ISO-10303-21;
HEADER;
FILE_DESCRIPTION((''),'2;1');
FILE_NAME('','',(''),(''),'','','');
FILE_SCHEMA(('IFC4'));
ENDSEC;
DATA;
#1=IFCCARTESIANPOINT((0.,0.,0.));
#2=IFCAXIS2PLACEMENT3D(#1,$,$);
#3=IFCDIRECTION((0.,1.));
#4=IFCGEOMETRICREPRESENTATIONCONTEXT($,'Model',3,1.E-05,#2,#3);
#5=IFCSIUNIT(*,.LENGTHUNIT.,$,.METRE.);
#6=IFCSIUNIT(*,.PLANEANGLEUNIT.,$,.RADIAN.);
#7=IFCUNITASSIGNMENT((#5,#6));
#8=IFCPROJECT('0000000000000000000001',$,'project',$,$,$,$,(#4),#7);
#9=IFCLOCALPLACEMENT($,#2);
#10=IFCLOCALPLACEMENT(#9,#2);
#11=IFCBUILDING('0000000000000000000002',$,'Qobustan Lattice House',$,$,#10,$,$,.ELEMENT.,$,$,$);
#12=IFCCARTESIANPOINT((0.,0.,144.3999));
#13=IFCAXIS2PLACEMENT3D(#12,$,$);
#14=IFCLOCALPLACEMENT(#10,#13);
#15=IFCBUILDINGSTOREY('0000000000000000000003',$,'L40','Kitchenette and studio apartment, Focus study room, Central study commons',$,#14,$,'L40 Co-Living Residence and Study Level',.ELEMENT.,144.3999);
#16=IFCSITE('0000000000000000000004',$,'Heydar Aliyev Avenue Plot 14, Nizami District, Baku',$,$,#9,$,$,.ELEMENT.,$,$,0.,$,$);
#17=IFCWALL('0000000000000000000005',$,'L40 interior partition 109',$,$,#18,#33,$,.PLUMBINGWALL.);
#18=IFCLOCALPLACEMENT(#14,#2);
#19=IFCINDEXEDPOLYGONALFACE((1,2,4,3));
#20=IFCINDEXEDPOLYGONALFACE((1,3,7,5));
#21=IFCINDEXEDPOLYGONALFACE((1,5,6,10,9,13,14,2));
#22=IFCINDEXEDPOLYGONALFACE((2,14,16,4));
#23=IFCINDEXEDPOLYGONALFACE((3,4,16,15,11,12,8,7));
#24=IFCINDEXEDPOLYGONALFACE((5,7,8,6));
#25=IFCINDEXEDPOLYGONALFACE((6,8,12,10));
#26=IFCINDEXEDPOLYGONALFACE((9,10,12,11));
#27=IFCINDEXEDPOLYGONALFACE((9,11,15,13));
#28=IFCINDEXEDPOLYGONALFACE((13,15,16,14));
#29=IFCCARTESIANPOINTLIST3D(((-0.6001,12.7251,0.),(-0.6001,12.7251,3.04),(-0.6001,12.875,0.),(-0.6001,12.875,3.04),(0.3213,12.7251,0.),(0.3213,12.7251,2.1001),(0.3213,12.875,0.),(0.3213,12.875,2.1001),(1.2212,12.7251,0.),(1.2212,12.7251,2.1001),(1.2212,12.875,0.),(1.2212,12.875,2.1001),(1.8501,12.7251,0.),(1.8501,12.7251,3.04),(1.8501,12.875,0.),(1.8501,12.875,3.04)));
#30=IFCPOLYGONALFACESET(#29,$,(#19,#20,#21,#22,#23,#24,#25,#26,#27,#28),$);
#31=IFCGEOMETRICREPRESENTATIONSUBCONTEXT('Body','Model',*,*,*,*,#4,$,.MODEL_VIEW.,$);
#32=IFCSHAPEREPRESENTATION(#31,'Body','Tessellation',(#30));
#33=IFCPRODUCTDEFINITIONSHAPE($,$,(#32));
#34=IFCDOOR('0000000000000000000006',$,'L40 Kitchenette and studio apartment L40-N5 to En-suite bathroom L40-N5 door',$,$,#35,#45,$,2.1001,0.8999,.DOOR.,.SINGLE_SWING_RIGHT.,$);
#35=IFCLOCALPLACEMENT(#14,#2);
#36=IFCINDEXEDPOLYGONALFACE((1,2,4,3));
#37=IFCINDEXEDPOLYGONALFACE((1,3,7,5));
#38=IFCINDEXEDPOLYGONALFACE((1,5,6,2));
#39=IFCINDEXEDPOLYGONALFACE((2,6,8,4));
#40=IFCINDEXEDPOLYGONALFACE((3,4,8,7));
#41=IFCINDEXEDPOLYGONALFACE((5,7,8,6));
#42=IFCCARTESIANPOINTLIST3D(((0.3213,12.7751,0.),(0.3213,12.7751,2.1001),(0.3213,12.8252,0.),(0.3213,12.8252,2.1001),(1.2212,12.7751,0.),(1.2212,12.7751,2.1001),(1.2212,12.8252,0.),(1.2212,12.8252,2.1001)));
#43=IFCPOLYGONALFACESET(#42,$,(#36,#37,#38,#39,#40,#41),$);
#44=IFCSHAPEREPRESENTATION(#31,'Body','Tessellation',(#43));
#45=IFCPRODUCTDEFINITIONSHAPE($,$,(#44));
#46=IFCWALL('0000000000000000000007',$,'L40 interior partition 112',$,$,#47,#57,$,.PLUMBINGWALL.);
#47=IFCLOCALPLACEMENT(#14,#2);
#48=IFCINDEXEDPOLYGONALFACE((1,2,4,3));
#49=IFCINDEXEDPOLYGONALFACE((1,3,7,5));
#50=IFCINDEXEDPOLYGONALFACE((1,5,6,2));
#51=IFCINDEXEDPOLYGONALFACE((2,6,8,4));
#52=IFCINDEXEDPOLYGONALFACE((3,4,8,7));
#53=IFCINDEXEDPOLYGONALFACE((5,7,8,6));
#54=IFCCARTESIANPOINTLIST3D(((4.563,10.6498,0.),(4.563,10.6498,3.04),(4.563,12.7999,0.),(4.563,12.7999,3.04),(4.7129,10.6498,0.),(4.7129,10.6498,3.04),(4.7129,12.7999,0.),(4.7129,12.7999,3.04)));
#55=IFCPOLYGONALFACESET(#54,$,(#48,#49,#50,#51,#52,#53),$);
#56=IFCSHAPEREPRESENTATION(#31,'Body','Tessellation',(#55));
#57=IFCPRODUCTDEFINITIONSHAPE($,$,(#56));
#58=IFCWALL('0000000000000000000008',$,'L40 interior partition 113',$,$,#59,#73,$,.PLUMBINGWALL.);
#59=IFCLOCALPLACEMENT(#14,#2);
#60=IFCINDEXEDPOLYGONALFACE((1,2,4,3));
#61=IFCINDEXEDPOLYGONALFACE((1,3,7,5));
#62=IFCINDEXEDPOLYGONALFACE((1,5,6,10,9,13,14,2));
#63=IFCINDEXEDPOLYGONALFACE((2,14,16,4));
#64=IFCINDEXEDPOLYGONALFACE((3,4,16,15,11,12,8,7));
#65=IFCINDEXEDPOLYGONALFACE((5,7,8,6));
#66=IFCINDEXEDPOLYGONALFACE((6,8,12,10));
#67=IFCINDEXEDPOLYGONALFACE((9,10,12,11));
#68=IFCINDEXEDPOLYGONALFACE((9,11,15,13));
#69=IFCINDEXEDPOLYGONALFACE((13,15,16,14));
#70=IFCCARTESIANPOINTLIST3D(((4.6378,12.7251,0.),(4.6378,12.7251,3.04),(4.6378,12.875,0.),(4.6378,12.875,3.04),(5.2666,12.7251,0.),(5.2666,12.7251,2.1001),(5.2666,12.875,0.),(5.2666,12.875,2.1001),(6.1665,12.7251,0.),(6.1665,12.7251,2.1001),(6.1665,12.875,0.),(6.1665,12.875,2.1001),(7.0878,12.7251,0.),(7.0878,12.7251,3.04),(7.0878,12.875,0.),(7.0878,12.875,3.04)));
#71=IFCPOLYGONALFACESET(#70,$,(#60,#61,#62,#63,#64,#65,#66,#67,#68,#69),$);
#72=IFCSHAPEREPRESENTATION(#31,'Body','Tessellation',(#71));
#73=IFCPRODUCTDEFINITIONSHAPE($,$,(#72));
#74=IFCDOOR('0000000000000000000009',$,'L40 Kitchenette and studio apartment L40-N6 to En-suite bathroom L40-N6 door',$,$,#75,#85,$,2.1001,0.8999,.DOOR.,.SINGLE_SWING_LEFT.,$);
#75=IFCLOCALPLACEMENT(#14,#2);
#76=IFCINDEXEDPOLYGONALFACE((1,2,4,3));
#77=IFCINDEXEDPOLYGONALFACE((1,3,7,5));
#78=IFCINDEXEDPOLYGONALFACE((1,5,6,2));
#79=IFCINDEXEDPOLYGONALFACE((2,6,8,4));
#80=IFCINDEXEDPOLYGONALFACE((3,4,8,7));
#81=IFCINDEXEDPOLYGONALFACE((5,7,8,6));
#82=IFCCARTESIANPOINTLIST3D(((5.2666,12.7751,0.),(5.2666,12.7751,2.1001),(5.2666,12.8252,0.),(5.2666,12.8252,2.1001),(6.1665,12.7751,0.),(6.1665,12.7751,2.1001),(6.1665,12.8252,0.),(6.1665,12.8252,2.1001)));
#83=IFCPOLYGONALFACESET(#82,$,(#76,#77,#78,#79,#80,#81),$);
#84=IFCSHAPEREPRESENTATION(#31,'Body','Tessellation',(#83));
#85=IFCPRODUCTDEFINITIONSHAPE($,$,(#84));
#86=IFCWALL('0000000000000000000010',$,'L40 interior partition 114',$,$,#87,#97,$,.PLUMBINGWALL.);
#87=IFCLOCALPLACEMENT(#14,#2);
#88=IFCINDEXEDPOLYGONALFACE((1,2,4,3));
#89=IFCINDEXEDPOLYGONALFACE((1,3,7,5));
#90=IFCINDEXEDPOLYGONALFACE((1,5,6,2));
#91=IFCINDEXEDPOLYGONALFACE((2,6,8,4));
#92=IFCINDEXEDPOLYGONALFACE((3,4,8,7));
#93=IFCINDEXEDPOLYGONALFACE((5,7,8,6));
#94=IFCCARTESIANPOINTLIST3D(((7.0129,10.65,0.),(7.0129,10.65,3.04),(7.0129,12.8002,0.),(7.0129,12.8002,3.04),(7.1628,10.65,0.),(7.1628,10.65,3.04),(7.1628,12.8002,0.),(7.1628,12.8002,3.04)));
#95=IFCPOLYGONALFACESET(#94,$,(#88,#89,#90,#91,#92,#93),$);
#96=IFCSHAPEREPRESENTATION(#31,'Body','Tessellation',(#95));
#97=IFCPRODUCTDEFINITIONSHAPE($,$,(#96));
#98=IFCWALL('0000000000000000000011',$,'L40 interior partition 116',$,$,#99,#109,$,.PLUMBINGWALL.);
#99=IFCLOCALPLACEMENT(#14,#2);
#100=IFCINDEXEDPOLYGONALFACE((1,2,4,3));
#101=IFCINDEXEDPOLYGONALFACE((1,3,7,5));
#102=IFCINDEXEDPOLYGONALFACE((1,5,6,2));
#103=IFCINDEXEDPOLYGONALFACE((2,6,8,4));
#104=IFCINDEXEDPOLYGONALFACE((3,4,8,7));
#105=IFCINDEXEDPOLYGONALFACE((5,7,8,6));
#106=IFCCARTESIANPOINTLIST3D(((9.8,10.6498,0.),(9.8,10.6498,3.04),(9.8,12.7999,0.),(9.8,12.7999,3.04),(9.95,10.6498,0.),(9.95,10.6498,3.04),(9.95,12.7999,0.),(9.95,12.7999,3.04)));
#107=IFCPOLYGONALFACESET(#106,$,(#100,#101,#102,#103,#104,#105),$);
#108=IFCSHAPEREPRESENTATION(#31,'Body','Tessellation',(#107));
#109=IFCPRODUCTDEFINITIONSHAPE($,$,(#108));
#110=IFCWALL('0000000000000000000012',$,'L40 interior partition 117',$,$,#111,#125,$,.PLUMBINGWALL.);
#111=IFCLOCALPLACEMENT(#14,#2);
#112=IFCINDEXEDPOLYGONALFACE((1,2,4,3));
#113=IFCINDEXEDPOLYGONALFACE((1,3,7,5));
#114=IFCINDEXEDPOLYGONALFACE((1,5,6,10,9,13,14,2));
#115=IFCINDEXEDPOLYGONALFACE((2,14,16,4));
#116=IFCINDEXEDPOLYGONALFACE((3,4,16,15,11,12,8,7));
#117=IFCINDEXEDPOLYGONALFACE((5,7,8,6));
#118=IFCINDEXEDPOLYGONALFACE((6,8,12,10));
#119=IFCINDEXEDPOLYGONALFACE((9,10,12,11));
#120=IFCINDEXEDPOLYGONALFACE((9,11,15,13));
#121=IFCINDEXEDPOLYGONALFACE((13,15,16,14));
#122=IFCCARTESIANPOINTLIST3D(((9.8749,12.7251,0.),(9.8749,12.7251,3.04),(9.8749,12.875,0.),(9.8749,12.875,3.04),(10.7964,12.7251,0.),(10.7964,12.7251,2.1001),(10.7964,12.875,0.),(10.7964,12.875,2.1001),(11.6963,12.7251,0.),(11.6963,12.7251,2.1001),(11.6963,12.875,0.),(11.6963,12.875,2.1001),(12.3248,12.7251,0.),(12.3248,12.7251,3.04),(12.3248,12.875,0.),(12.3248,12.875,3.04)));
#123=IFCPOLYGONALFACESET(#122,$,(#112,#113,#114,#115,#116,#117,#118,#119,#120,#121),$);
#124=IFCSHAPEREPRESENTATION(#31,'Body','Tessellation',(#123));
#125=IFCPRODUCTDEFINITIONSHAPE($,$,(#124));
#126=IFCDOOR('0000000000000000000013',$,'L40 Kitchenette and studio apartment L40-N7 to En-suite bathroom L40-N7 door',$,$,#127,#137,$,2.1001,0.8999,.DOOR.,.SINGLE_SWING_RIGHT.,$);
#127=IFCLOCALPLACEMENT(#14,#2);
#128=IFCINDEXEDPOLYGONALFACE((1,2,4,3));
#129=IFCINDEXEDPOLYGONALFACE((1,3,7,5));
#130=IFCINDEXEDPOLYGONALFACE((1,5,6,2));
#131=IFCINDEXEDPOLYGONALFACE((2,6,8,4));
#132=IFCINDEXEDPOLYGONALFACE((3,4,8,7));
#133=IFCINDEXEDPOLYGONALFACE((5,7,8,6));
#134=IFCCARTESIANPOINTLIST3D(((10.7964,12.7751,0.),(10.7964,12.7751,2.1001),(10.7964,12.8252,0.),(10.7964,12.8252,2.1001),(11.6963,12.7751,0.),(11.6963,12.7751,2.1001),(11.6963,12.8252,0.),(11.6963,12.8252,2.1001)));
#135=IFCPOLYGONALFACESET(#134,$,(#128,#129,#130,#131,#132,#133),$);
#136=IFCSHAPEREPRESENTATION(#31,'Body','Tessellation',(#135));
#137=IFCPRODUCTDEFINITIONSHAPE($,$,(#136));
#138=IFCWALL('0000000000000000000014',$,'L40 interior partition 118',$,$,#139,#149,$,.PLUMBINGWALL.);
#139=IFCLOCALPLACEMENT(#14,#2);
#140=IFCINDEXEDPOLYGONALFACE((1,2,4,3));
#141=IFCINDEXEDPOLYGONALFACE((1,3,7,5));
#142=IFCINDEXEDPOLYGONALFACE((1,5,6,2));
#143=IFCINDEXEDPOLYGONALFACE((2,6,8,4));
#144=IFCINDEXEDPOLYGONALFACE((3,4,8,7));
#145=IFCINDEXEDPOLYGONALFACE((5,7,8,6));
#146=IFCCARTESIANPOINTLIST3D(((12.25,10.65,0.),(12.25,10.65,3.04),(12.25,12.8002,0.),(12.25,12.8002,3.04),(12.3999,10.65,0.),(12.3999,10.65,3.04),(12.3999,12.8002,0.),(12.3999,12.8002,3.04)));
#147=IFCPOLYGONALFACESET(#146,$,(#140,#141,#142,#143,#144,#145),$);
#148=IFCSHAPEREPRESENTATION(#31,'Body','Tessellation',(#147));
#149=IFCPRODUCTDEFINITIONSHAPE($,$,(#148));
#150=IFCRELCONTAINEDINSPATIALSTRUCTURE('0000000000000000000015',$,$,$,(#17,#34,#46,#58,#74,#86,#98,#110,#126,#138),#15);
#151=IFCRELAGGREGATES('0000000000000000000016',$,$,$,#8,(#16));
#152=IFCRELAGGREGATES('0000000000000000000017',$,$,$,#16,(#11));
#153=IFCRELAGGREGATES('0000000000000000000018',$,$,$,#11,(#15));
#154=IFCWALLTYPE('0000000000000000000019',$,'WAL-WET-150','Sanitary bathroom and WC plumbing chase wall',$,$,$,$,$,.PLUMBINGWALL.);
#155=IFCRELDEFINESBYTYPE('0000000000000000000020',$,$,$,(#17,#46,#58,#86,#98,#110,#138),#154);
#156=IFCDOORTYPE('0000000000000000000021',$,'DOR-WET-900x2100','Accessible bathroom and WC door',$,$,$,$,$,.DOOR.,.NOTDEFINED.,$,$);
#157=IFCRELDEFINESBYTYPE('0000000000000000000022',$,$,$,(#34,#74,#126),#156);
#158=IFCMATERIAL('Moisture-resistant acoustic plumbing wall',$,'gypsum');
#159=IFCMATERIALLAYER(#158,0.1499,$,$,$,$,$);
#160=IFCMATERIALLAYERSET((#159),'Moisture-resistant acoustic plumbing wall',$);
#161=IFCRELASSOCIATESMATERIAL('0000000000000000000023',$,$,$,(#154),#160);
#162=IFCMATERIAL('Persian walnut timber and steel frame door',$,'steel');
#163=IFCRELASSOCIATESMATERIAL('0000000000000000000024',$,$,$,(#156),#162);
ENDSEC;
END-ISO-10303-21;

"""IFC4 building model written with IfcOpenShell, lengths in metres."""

from ifc_helpers import new_model, si_unit, direction, frame, frame_2d, origin, place, context, subcontext, project, spatial, rectangle, extrude, material, layer, layer_set, type_object, element, fill, save


model = new_model("IFC4")

# Units and contexts
model_context = context("Model", 3, precision=1e-05, world=origin(), true_north=direction((0.0, 1.0)))
body_context = subcontext(model_context, "Body", "Model", "MODEL_VIEW")
ifc_project = project(units=[si_unit("LENGTHUNIT", "METRE"), si_unit("PLANEANGLEUNIT", "RADIAN")], contexts=[model_context])

# Site, building, storey
site_placement = place(None, origin())
site = spatial("IfcSite", under=ifc_project, at=site_placement, Name="Heydar Aliyev Avenue Plot 14, Nizami District, Baku", CompositionType="ELEMENT", RefElevation=0.0)
building_placement = place(site_placement, origin())
building = spatial("IfcBuilding", under=site, at=building_placement, Name="Qobustan Lattice House", CompositionType="ELEMENT")
storey_placement = place(building_placement, frame((0.0, 0.0, 144.3999)))
storey = spatial("IfcBuildingStorey", under=building, at=storey_placement, Name="L40", Description="Kitchenette and studio apartment, Focus study room, Central study commons", LongName="L40 Co-Living Residence and Study Level", CompositionType="ELEMENT", Elevation=144.3999)

# Shared definitions
ifc_material_1 = material(Name="Moisture-resistant acoustic plumbing wall", Category="gypsum")
ifc_layer_1 = layer(ifc_material_1, 0.1499)
ifc_layer_set_1 = layer_set([ifc_layer_1], Name="Moisture-resistant acoustic plumbing wall")
wall_type_1 = type_object("IfcWallType", Name="WAL-WET-150", Description="Sanitary bathroom and WC plumbing chase wall", PredefinedType="PLUMBINGWALL", material=ifc_layer_set_1)

# Wall, opening, door
wall_1_placement = place(storey_placement, frame((1.8501, 12.8, 0.0), z_axis=(0.0, 0.0, 1.0), x_axis=(-1.0, 0.0, 0.0)))
wall_1 = element("IfcWall", 1, at=wall_1_placement, inside=storey, type_object=wall_type_1, Name="L40 interior partition 109", PredefinedType="PLUMBINGWALL", context=body_context, shape_type="SweptSolid", body=[
    extrude(rectangle(XDim=2.4502, YDim=0.1499, at=frame_2d((1.2251, 0.0))), origin(), (0.0, 0.0, 1.0), 3.04),
])
opening_1_placement = place(wall_1_placement, frame((0.6289, 0.0, 0.0)))
opening_1 = element("IfcOpeningElement", 2, at=opening_1_placement, cuts=wall_1, PredefinedType="OPENING", context=body_context, shape_type="SweptSolid", body=[
    extrude(rectangle(XDim=0.8999, YDim=2.1001, at=frame_2d((0.45, 1.05))), frame((0.0, 0.085, 0.0), z_axis=(0.0, -1.0, 0.0), x_axis=(1.0, 0.0, 0.0)), (0.0, 0.0, 1.0), 0.1699),
])
ifc_material_2 = material(Name="Persian walnut timber and steel frame door", Category="steel")
door_type_1 = type_object("IfcDoorType", Name="DOR-WET-900x2100", Description="Accessible bathroom and WC door", OperationType="NOTDEFINED", PredefinedType="DOOR", material=ifc_material_2)
door_1_placement = place(opening_1_placement, origin())
door_1 = element("IfcDoor", 3, at=door_1_placement, inside=storey, type_object=door_type_1, Name="L40 Kitchenette and studio apartment L40-N5 to En-suite bathroom L40-N5 door", OperationType="SINGLE_SWING_RIGHT", OverallHeight=2.1001, OverallWidth=0.8999, PredefinedType="DOOR", context=body_context, shape_type="SweptSolid", body=[
    extrude(rectangle(XDim=0.8999, YDim=2.1001, at=frame_2d((0.45, 1.05))), frame((0.0, 0.0249, 0.0), z_axis=(0.0, -1.0, 0.0), x_axis=(1.0, 0.0, 0.0)), (0.0, 0.0, 1.0), 0.05),
])
fill(opening_1, door_1)

# Wall
wall_2_placement = place(storey_placement, frame((4.6379, 12.8, 0.0), z_axis=(0.0, 0.0, 1.0), x_axis=(0.0, -1.0, 0.0)))
element("IfcWall", 4, at=wall_2_placement, inside=storey, type_object=wall_type_1, Name="L40 interior partition 112", PredefinedType="PLUMBINGWALL", context=body_context, shape_type="SweptSolid", body=[
    extrude(rectangle(XDim=2.1501, YDim=0.1499, at=frame_2d((1.0752, 0.0))), origin(), (0.0, 0.0, 1.0), 3.04),
])

# Wall, opening, door
wall_3_placement = place(storey_placement, frame((7.0879, 12.8, 0.0), z_axis=(0.0, 0.0, 1.0), x_axis=(-1.0, 0.0, 0.0)))
wall_3 = element("IfcWall", 5, at=wall_3_placement, inside=storey, type_object=wall_type_1, Name="L40 interior partition 113", PredefinedType="PLUMBINGWALL", context=body_context, shape_type="SweptSolid", body=[
    extrude(rectangle(XDim=2.45, YDim=0.1499, at=frame_2d((1.2251, 0.0))), origin(), (0.0, 0.0, 1.0), 3.04),
])
opening_2_placement = place(wall_3_placement, frame((0.9214, 0.0, 0.0)))
opening_2 = element("IfcOpeningElement", 6, at=opening_2_placement, cuts=wall_3, PredefinedType="OPENING", context=body_context, shape_type="SweptSolid", body=[
    extrude(rectangle(XDim=0.8999, YDim=2.1001, at=frame_2d((0.45, 1.05))), frame((0.0, 0.085, 0.0), z_axis=(0.0, -1.0, 0.0), x_axis=(1.0, 0.0, 0.0)), (0.0, 0.0, 1.0), 0.1699),
])
door_2_placement = place(opening_2_placement, origin())
door_2 = element("IfcDoor", 7, at=door_2_placement, inside=storey, type_object=door_type_1, Name="L40 Kitchenette and studio apartment L40-N6 to En-suite bathroom L40-N6 door", OperationType="SINGLE_SWING_LEFT", OverallHeight=2.1001, OverallWidth=0.8999, PredefinedType="DOOR", context=body_context, shape_type="SweptSolid", body=[
    extrude(rectangle(XDim=0.8999, YDim=2.1001, at=frame_2d((0.45, 1.05))), frame((0.0, 0.0249, 0.0), z_axis=(0.0, -1.0, 0.0), x_axis=(1.0, 0.0, 0.0)), (0.0, 0.0, 1.0), 0.05),
])
fill(opening_2, door_2)

# Walls
for number, where, z_axis, x_axis, name in (
    (8, (7.0879, 10.6499, 0.0), (0.0, 0.0, 1.0), (0.0, 1.0, 0.0), "L40 interior partition 114"),
    (9, (9.875, 12.8, 0.0), (0.0, 0.0, 1.0), (0.0, -1.0, 0.0), "L40 interior partition 116"),
):
    element("IfcWall", number, at=place(storey_placement, frame(where, z_axis=z_axis, x_axis=x_axis)), inside=storey, type_object=wall_type_1, Name=name, PredefinedType="PLUMBINGWALL", context=body_context, shape_type="SweptSolid", body=[
        extrude(rectangle(XDim=2.1501, YDim=0.1499, at=frame_2d((1.0752, 0.0))), origin(), (0.0, 0.0, 1.0), 3.04),
    ])

# Wall, opening, door
wall_4_placement = place(storey_placement, frame((12.325, 12.8, 0.0), z_axis=(0.0, 0.0, 1.0), x_axis=(-1.0, 0.0, 0.0)))
wall_4 = element("IfcWall", 10, at=wall_4_placement, inside=storey, type_object=wall_type_1, Name="L40 interior partition 117", PredefinedType="PLUMBINGWALL", context=body_context, shape_type="SweptSolid", body=[
    extrude(rectangle(XDim=2.45, YDim=0.1499, at=frame_2d((1.2251, 0.0))), origin(), (0.0, 0.0, 1.0), 3.04),
])
opening_3_placement = place(wall_4_placement, frame((0.6287, 0.0, 0.0)))
opening_3 = element("IfcOpeningElement", 11, at=opening_3_placement, cuts=wall_4, PredefinedType="OPENING", context=body_context, shape_type="SweptSolid", body=[
    extrude(rectangle(XDim=0.8999, YDim=2.1001, at=frame_2d((0.45, 1.05))), frame((0.0, 0.085, 0.0), z_axis=(0.0, -1.0, 0.0), x_axis=(1.0, 0.0, 0.0)), (0.0, 0.0, 1.0), 0.1699),
])
door_3_placement = place(opening_3_placement, origin())
door_3 = element("IfcDoor", 12, at=door_3_placement, inside=storey, type_object=door_type_1, Name="L40 Kitchenette and studio apartment L40-N7 to En-suite bathroom L40-N7 door", OperationType="SINGLE_SWING_RIGHT", OverallHeight=2.1001, OverallWidth=0.8999, PredefinedType="DOOR", context=body_context, shape_type="SweptSolid", body=[
    extrude(rectangle(XDim=0.8999, YDim=2.1001, at=frame_2d((0.45, 1.05))), frame((0.0, 0.0249, 0.0), z_axis=(0.0, -1.0, 0.0), x_axis=(1.0, 0.0, 0.0)), (0.0, 0.0, 1.0), 0.05),
])
fill(opening_3, door_3)

# Wall
wall_5_placement = place(storey_placement, frame((12.325, 10.6499, 0.0), z_axis=(0.0, 0.0, 1.0), x_axis=(0.0, 1.0, 0.0)))
element("IfcWall", 13, at=wall_5_placement, inside=storey, type_object=wall_type_1, Name="L40 interior partition 118", PredefinedType="PLUMBINGWALL", context=body_context, shape_type="SweptSolid", body=[
    extrude(rectangle(XDim=2.1501, YDim=0.1499, at=frame_2d((1.0752, 0.0))), origin(), (0.0, 0.0, 1.0), 3.04),
])

save(model, "model.ifc")
